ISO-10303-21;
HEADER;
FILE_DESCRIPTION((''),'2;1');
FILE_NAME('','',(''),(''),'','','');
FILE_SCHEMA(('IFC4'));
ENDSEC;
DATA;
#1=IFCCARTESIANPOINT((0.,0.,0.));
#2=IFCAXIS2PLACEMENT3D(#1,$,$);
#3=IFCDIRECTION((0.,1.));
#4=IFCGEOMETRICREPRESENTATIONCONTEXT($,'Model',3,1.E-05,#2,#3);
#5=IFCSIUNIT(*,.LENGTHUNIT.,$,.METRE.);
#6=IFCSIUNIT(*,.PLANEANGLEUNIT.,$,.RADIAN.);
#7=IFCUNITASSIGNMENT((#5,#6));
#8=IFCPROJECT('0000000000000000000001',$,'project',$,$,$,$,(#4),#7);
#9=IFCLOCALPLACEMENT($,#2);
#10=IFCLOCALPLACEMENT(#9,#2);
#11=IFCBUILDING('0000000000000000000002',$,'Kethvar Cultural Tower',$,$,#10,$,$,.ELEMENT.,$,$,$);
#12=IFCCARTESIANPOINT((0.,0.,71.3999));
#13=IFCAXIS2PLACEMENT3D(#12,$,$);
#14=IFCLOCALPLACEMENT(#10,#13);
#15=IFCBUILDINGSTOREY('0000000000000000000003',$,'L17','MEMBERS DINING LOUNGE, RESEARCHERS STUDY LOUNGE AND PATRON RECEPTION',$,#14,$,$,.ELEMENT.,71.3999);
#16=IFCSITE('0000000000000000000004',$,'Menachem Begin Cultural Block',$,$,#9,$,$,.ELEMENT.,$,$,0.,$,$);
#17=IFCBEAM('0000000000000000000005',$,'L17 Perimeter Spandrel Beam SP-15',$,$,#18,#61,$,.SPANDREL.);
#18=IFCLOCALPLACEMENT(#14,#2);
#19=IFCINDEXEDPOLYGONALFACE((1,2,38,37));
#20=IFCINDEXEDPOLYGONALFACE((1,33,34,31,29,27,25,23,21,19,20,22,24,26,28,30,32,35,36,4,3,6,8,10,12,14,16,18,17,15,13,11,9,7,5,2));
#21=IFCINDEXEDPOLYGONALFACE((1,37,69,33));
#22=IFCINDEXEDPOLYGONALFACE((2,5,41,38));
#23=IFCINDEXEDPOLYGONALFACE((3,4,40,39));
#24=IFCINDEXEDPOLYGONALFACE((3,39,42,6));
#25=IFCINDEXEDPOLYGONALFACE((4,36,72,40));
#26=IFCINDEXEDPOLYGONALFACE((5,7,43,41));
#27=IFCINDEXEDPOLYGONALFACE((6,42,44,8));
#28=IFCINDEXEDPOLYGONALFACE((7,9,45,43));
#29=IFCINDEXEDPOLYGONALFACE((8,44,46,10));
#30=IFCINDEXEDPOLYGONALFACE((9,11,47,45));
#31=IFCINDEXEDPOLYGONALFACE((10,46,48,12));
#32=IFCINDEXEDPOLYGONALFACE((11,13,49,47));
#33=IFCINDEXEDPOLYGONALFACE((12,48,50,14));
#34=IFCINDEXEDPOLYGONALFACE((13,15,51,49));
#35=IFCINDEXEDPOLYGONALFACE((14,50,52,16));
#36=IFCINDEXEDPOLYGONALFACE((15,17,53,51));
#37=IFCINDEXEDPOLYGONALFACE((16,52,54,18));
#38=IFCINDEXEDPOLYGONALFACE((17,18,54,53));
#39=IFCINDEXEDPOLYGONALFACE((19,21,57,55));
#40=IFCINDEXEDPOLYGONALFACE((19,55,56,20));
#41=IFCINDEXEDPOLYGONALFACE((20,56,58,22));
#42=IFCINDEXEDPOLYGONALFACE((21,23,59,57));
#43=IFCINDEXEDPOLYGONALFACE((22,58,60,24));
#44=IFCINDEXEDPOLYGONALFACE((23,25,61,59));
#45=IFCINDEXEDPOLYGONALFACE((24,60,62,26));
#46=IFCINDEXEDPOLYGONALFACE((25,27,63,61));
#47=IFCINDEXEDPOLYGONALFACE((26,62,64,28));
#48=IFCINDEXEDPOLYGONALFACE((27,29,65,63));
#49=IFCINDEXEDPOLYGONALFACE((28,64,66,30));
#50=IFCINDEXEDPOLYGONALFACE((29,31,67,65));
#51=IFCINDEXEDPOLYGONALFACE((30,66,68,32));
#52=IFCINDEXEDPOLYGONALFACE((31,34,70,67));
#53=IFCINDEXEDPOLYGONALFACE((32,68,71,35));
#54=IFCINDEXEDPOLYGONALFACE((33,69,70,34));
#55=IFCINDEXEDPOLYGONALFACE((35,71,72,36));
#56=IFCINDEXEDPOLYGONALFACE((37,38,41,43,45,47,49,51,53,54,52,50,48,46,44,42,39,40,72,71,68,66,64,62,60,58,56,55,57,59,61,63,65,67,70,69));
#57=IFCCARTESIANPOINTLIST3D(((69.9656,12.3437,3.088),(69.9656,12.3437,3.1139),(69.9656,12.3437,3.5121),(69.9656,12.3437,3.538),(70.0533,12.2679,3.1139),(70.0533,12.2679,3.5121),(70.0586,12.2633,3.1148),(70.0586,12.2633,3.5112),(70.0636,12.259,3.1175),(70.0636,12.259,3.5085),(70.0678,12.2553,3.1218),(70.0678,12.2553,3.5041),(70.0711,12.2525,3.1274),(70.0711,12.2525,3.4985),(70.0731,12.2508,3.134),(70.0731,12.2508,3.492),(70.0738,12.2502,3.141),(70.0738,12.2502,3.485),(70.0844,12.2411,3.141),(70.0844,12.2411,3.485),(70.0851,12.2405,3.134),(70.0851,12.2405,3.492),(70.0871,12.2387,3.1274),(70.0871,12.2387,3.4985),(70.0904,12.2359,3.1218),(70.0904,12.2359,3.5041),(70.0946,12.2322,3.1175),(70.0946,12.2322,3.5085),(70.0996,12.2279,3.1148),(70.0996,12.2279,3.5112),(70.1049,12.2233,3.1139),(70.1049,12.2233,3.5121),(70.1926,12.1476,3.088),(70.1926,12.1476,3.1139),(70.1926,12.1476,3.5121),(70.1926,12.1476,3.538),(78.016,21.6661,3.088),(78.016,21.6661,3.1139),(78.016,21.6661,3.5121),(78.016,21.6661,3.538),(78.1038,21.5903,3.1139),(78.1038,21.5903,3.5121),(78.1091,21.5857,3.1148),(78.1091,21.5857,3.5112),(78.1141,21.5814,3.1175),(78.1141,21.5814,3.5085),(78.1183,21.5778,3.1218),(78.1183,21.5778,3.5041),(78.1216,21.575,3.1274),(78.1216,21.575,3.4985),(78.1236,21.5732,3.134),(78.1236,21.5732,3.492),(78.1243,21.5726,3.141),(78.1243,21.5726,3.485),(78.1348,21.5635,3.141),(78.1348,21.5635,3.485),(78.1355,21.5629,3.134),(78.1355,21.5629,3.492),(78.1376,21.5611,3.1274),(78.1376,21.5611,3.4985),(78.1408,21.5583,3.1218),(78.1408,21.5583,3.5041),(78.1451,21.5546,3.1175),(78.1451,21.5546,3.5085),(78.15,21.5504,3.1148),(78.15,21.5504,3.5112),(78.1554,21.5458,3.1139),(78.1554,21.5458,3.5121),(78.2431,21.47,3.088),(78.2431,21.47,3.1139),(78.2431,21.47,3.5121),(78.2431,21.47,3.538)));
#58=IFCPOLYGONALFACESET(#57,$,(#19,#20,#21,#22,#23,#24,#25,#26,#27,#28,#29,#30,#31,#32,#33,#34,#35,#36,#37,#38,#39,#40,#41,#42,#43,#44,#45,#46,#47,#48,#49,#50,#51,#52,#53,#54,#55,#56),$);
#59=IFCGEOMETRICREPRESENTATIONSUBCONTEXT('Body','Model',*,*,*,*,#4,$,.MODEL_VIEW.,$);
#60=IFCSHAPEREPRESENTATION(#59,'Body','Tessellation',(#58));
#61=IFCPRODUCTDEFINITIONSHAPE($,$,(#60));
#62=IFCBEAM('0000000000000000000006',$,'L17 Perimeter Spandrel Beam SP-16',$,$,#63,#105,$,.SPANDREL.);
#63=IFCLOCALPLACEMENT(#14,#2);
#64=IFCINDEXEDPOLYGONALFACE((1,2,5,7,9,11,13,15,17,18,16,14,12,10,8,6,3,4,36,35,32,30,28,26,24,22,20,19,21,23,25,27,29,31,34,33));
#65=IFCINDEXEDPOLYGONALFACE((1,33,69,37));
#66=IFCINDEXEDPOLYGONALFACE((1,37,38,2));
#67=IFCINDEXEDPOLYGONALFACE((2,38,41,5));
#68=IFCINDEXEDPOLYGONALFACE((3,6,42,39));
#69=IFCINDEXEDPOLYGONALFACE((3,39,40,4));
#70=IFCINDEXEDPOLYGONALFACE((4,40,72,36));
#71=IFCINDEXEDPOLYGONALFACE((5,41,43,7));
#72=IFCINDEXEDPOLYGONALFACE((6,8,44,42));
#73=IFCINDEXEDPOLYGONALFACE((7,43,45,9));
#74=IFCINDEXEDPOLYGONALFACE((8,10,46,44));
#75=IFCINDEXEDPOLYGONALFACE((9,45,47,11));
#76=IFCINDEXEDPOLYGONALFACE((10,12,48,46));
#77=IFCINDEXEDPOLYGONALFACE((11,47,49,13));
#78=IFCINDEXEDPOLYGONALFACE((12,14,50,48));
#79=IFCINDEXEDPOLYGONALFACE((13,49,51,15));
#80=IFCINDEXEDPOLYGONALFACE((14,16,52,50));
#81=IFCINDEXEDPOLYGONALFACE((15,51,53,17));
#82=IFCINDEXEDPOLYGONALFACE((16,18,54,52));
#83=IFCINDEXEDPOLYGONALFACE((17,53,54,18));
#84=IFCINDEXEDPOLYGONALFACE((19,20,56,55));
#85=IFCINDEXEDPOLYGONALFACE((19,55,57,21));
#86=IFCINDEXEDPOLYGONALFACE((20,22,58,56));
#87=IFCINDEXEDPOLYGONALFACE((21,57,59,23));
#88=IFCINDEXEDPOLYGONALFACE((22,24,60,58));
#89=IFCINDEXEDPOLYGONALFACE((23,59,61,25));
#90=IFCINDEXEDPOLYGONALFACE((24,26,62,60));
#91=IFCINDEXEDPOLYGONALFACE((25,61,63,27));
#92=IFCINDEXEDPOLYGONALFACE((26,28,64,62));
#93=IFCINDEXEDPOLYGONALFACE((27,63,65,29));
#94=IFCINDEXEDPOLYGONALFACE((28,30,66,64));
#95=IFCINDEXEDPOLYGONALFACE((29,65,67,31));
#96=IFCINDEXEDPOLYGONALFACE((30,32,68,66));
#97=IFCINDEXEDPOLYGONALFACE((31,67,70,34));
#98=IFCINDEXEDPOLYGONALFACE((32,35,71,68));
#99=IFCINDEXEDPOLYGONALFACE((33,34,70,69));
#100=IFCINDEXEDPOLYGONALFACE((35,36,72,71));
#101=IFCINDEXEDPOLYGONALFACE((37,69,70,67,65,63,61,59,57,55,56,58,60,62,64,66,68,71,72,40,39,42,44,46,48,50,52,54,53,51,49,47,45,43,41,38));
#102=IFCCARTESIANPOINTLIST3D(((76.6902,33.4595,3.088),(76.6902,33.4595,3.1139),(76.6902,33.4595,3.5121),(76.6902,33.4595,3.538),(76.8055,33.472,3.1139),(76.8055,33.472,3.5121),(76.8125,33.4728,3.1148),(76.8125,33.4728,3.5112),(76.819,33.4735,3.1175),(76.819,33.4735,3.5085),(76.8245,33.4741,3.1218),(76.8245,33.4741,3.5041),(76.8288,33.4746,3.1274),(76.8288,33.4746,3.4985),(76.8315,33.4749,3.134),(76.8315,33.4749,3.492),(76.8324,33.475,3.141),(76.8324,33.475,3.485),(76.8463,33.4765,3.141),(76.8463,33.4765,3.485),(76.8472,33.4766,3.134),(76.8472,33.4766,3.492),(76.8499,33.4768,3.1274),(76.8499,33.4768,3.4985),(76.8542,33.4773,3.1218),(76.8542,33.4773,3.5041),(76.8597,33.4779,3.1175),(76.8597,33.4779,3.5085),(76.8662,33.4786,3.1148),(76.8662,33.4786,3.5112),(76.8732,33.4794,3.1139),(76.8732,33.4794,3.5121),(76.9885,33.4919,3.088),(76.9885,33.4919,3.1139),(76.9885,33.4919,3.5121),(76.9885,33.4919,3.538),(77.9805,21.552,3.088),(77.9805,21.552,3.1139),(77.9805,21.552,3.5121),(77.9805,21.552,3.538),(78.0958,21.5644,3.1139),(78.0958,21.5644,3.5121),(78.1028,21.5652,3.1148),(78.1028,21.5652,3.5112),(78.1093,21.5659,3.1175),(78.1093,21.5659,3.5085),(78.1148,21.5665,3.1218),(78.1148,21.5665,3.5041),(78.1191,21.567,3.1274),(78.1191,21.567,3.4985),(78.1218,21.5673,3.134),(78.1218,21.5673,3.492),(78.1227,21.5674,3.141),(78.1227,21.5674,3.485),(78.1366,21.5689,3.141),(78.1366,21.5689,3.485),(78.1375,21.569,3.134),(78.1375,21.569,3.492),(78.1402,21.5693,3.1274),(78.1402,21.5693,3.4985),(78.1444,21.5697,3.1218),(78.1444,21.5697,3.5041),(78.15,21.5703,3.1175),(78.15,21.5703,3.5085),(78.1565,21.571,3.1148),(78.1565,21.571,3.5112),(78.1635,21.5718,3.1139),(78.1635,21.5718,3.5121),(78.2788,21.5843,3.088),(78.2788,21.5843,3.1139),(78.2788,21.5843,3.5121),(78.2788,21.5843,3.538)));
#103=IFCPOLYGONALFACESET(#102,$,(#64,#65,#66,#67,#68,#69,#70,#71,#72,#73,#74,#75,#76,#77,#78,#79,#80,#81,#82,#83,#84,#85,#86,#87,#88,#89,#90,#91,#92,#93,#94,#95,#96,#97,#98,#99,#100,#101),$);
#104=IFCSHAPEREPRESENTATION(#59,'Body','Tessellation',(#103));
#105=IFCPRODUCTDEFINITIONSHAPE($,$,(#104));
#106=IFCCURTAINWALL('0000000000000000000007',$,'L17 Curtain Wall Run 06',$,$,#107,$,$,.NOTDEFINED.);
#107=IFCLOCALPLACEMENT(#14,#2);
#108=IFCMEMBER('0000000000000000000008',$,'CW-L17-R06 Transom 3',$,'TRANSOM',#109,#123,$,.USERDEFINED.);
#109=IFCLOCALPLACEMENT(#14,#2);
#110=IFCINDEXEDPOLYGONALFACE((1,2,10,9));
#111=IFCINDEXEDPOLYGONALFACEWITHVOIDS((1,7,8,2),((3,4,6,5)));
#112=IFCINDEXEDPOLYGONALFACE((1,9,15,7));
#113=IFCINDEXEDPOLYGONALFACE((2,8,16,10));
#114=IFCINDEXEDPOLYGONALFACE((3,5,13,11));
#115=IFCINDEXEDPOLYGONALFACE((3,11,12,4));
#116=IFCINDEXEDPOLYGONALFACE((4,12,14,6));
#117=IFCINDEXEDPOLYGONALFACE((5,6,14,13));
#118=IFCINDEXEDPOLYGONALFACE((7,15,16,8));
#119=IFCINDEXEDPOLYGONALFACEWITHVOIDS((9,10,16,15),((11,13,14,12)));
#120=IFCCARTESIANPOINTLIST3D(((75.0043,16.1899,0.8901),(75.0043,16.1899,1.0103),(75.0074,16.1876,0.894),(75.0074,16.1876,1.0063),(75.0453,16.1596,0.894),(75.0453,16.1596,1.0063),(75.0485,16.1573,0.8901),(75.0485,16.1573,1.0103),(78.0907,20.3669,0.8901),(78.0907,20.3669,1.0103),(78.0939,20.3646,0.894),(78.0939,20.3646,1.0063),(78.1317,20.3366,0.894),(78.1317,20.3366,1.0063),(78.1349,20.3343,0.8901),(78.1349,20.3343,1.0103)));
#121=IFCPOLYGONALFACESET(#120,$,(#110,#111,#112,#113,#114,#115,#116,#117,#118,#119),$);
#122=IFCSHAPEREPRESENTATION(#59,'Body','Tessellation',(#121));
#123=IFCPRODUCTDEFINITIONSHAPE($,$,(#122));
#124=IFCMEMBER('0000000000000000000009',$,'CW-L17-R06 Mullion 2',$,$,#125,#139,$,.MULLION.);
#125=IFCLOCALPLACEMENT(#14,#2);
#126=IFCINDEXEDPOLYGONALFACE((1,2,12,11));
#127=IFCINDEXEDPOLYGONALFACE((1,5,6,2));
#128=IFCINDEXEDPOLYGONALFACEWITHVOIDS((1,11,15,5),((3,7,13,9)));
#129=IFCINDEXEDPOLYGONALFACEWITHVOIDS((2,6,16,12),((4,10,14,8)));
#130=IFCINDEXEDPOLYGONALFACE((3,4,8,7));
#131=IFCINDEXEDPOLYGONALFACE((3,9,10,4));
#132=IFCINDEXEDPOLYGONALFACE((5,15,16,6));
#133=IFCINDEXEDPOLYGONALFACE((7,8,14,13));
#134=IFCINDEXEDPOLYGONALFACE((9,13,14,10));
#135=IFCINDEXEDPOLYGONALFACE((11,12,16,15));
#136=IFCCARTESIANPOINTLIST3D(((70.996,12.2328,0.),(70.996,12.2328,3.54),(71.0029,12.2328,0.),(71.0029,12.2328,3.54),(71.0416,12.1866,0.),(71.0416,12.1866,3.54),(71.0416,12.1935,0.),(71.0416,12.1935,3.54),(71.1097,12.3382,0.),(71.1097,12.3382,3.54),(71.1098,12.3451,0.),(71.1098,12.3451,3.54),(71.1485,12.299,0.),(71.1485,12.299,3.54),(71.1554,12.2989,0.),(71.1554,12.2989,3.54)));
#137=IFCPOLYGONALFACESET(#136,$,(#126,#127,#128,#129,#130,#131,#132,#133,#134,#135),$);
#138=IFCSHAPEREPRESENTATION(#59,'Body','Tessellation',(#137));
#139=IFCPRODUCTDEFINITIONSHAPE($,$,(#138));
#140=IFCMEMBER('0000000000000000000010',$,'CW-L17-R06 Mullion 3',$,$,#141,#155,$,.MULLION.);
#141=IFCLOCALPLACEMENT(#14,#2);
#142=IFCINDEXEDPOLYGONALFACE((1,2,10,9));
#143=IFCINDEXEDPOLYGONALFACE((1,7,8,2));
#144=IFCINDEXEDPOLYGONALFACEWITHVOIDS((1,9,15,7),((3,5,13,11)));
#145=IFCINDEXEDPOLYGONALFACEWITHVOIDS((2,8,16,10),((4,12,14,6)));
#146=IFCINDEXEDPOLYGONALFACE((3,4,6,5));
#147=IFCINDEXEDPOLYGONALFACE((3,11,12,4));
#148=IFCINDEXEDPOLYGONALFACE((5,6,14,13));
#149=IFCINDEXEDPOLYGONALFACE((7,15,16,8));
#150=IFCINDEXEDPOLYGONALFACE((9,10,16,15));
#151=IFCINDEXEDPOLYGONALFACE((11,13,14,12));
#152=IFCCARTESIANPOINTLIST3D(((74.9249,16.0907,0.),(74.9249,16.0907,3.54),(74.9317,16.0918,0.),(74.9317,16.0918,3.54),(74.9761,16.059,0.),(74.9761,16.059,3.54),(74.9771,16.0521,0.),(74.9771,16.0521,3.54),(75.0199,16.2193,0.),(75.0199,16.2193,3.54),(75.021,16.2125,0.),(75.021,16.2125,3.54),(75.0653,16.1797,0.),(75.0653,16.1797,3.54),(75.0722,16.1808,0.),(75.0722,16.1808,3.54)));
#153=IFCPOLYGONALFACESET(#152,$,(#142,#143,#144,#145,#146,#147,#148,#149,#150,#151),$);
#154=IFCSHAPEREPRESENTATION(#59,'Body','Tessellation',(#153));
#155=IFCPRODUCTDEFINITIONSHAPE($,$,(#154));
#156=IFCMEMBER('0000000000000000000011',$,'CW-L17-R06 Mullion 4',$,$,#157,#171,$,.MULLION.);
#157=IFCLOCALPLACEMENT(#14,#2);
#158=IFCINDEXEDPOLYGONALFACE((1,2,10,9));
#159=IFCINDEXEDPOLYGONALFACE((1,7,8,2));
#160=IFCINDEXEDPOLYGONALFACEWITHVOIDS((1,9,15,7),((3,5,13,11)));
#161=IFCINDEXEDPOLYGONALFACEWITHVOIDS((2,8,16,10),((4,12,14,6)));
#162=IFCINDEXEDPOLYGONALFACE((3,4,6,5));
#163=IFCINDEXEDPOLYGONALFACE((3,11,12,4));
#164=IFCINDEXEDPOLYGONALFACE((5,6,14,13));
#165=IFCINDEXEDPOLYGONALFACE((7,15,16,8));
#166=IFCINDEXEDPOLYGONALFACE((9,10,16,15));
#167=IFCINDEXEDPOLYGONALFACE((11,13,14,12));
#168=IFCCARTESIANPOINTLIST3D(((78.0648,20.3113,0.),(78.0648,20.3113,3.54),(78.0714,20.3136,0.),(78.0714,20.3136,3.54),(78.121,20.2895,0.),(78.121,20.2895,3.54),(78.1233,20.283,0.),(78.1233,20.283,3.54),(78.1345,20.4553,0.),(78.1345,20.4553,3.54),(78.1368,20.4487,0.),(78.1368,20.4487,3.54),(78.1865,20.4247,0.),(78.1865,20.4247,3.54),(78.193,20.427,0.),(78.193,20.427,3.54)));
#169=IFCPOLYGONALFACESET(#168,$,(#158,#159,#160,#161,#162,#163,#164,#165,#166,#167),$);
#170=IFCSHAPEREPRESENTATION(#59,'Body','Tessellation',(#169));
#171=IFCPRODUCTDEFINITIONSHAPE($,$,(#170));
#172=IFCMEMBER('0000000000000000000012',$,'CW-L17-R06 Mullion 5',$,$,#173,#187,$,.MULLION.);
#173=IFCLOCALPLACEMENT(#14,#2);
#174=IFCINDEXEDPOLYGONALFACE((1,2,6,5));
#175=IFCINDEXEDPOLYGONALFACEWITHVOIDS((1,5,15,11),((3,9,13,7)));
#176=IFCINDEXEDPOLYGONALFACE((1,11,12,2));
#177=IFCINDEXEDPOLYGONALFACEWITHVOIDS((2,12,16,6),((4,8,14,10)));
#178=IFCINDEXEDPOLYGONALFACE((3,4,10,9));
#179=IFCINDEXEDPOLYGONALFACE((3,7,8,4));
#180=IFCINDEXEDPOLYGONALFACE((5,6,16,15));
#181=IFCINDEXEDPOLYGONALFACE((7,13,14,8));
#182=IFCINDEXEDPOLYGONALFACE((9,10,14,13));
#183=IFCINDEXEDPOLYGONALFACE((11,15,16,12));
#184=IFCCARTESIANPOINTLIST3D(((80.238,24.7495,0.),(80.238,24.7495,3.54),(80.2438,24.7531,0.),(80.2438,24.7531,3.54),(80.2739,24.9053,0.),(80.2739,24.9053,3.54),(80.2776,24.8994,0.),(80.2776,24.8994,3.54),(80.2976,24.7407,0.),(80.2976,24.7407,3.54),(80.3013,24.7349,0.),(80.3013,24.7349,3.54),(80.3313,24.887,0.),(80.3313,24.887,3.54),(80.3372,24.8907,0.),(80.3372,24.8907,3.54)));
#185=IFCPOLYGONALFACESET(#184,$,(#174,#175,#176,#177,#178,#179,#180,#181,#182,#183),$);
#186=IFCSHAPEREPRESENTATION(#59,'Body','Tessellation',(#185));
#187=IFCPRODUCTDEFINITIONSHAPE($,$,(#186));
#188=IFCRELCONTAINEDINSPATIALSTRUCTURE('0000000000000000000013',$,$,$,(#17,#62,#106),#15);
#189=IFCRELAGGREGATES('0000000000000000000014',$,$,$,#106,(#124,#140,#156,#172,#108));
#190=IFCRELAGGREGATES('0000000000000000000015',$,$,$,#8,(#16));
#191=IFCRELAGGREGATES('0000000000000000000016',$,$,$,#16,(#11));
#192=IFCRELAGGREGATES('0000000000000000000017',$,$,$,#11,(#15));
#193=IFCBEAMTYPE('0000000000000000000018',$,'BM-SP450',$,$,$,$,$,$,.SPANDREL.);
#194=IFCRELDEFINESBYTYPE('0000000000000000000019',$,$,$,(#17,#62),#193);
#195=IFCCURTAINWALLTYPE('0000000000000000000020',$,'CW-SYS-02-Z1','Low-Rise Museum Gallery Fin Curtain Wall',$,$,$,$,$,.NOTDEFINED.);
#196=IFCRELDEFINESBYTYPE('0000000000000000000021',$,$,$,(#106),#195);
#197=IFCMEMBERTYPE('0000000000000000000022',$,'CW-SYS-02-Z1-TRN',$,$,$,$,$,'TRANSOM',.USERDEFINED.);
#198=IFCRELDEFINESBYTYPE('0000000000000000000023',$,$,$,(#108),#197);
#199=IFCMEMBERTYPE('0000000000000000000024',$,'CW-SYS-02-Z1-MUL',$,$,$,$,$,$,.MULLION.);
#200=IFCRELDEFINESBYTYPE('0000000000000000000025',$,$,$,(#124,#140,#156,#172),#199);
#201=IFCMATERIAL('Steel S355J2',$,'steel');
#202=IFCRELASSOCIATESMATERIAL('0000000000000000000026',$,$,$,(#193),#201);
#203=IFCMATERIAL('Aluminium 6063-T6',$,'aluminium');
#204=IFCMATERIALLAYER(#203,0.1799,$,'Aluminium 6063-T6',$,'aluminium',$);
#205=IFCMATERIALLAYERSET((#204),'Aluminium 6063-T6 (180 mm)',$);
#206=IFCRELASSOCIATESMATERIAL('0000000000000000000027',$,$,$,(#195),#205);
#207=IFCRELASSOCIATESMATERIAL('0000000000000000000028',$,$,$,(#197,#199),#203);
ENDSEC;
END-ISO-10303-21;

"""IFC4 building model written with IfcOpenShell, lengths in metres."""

from ifc_helpers import new_model, si_unit, direction, frame, origin, origin_2d, place, context, subcontext, project, spatial, hollow_rectangle, i_section, extrude, source, transform, mapped, material, layer, layer_set, material_profile, profile_set, type_object, element, aggregate, save


model = new_model("IFC4")

# Units and contexts
model_context = context("Model", 3, precision=1e-05, world=origin(), true_north=direction((0.0, 1.0)))
body_context = subcontext(model_context, "Body", "Model", "MODEL_VIEW")
ifc_project = project(units=[si_unit("LENGTHUNIT", "METRE"), si_unit("PLANEANGLEUNIT", "RADIAN")], contexts=[model_context])

# Site, building, storey
site_placement = place(None, origin())
site = spatial("IfcSite", under=ifc_project, at=site_placement, Name="Menachem Begin Cultural Block", CompositionType="ELEMENT", RefElevation=0.0)
building_placement = place(site_placement, origin())
building = spatial("IfcBuilding", under=site, at=building_placement, Name="Kethvar Cultural Tower", CompositionType="ELEMENT")
storey_placement = place(building_placement, frame((0.0, 0.0, 71.3999)))
storey = spatial("IfcBuildingStorey", under=building, at=storey_placement, Name="L17", Description="MEMBERS DINING LOUNGE, RESEARCHERS STUDY LOUNGE AND PATRON RECEPTION", CompositionType="ELEMENT", Elevation=71.3999)

# Beams
ifc_material_1 = material(Name="Steel S355J2", Category="steel")
ifc_material_profile_1 = material_profile(ifc_material_1, i_section(OverallWidth=0.3, OverallDepth=0.45, WebThickness=0.0139, FlangeThickness=0.0259, FilletRadius=0.0271, at=origin_2d()), Name="Steel S355J2 — HEB450")
ifc_profile_set_1 = profile_set([ifc_material_profile_1], Name="Steel S355J2 — HEB450")
beam_type_1 = type_object("IfcBeamType", Name="BM-SP450", PredefinedType="SPANDREL", material=ifc_profile_set_1)
shared_shape_1 = source(origin(), body_context, "Body", "SweptSolid", [
    extrude(i_section(OverallWidth=0.3, OverallDepth=0.45, WebThickness=0.0139, FlangeThickness=0.0259, FilletRadius=0.0271, at=origin_2d()), origin(), (0.0, 0.0, 1.0), 12.3174),
])
beam_1_placement = place(storey_placement, frame((70.0791, 12.2456, 3.313), z_axis=(0.653586, 0.756852, 0.0), x_axis=(-0.756852, 0.653586, 0.0)))
element("IfcBeam", 1, at=beam_1_placement, inside=storey, type_object=beam_type_1, Name="L17 Perimeter Spandrel Beam SP-15", PredefinedType="SPANDREL", context=body_context, shape_type="MappedRepresentation", body=[
    mapped(shared_shape_1, transform((0.0, 0.0, 0.0), scale=1.0)),
])
shared_shape_2 = source(origin(), body_context, "Body", "SweptSolid", [
    extrude(i_section(OverallWidth=0.3, OverallDepth=0.45, WebThickness=0.0139, FlangeThickness=0.0259, FilletRadius=0.0271, at=origin_2d()), origin(), (0.0, 0.0, 1.0), 11.9773),
])
beam_2_placement = place(storey_placement, frame((78.1296, 21.5681, 3.313), z_axis=(-0.107729, 0.99418, 0.0), x_axis=(-0.99418, -0.107729, 0.0)))
element("IfcBeam", 2, at=beam_2_placement, inside=storey, type_object=beam_type_1, Name="L17 Perimeter Spandrel Beam SP-16", PredefinedType="SPANDREL", context=body_context, shape_type="MappedRepresentation", body=[
    mapped(shared_shape_2, transform((0.0, 0.0, 0.0), scale=1.0)),
])

# Curtain wall, members
ifc_material_2 = material(Name="Aluminium 6063-T6", Category="aluminium")
ifc_layer_1 = layer(ifc_material_2, 0.1799, Name="Aluminium 6063-T6", Category="aluminium")
ifc_layer_set_1 = layer_set([ifc_layer_1], Name="Aluminium 6063-T6 (180 mm)")
curtain_wall_type = type_object("IfcCurtainWallType", Name="CW-SYS-02-Z1", Description="Low-Rise Museum Gallery Fin Curtain Wall", PredefinedType="NOTDEFINED", material=ifc_layer_set_1)
curtain_wall_placement = place(storey_placement, origin())
curtain_wall = element("IfcCurtainWall", 3, at=curtain_wall_placement, inside=storey, type_object=curtain_wall_type, Name="L17 Curtain Wall Run 06", PredefinedType="NOTDEFINED")
ifc_material_profile_2 = material_profile(ifc_material_2, hollow_rectangle(XDim=0.0549, YDim=0.1201, WallThickness=0.0039, at=origin_2d()), Name="Aluminium 6063-T6 — RHS120x55x4")
ifc_profile_set_2 = profile_set([ifc_material_profile_2], Name="Aluminium 6063-T6 — RHS120x55x4")
member_type_1 = type_object("IfcMemberType", Name="CW-SYS-02-Z1-TRN", ElementType="TRANSOM", PredefinedType="USERDEFINED", material=ifc_profile_set_2)
shared_shape_3 = source(origin(), body_context, "Body", "SweptSolid", [
    extrude(hollow_rectangle(XDim=0.0549, YDim=0.1201, WallThickness=0.0039, at=origin_2d()), origin(), (0.0, 0.0, 1.0), 5.1936),
])
member_1_placement = place(storey_placement, frame((75.0264, 16.1736, 0.9502), z_axis=(0.594276, 0.804261, 0.0), x_axis=(-0.804261, 0.594276, 0.0)))
member_1 = element("IfcMember", 4, at=member_1_placement, type_object=member_type_1, Name="CW-L17-R06 Transom 3", ObjectType="TRANSOM", PredefinedType="USERDEFINED", context=body_context, shape_type="MappedRepresentation", body=[
    mapped(shared_shape_3, transform((0.0, 0.0, 0.0), scale=1.0)),
])
ifc_material_profile_3 = material_profile(ifc_material_2, hollow_rectangle(XDim=0.0649, YDim=0.1599, WallThickness=0.0049, at=origin_2d()), Name="Aluminium 6063-T6 — RHS160x65x5")
ifc_profile_set_3 = profile_set([ifc_material_profile_3], Name="Aluminium 6063-T6 — RHS160x65x5")
member_type_2 = type_object("IfcMemberType", Name="CW-SYS-02-Z1-MUL", PredefinedType="MULLION", material=ifc_profile_set_3)
shared_shape_4 = source(origin(), body_context, "Body", "SweptSolid", [
    extrude(hollow_rectangle(XDim=0.0649, YDim=0.1599, WallThickness=0.0049, at=origin_2d()), origin(), (0.0, 0.0, 1.0), 3.54),
])
member_2_placement = place(storey_placement, frame((71.0757, 12.2659, 0.0), z_axis=(0.0, 0.0, 1.0), x_axis=(-0.702489, 0.711695, 0.0)))
member_2 = element("IfcMember", 5, at=member_2_placement, type_object=member_type_2, Name="CW-L17-R06 Mullion 2", PredefinedType="MULLION", context=body_context, shape_type="MappedRepresentation", body=[
    mapped(shared_shape_4, transform((0.0, 0.0, 0.0), scale=1.0)),
])
member_3_placement = place(storey_placement, frame((74.9985, 16.1357, 0.0), z_axis=(0.0, 0.0, 1.0), x_axis=(-0.804272, 0.594261, 0.0)))
member_3 = element("IfcMember", 6, at=member_3_placement, type_object=member_type_2, Name="CW-L17-R06 Mullion 3", PredefinedType="MULLION", context=body_context, shape_type="MappedRepresentation", body=[
    mapped(shared_shape_4, transform((0.0, 0.0, 0.0), scale=1.0)),
])
member_4_placement = place(storey_placement, frame((78.1289, 20.3691, 0.0), z_axis=(0.0, 0.0, 1.0), x_axis=(-0.900038, 0.435812, 0.0)))
member_4 = element("IfcMember", 7, at=member_4_placement, type_object=member_type_2, Name="CW-L17-R06 Mullion 4", PredefinedType="MULLION", context=body_context, shape_type="MappedRepresentation", body=[
    mapped(shared_shape_4, transform((0.0, 0.0, 0.0), scale=1.0)),
])
member_5_placement = place(storey_placement, frame((80.2876, 24.8201, 0.0), z_axis=(0.0, 0.0, 1.0), x_axis=(-0.974425, 0.224713, 0.0)))
member_5 = element("IfcMember", 8, at=member_5_placement, type_object=member_type_2, Name="CW-L17-R06 Mullion 5", PredefinedType="MULLION", context=body_context, shape_type="MappedRepresentation", body=[
    mapped(shared_shape_4, transform((0.0, 0.0, 0.0), scale=1.0)),
])
aggregate(curtain_wall, [member_2, member_3, member_4, member_5, member_1])

save(model, "model.ifc")
